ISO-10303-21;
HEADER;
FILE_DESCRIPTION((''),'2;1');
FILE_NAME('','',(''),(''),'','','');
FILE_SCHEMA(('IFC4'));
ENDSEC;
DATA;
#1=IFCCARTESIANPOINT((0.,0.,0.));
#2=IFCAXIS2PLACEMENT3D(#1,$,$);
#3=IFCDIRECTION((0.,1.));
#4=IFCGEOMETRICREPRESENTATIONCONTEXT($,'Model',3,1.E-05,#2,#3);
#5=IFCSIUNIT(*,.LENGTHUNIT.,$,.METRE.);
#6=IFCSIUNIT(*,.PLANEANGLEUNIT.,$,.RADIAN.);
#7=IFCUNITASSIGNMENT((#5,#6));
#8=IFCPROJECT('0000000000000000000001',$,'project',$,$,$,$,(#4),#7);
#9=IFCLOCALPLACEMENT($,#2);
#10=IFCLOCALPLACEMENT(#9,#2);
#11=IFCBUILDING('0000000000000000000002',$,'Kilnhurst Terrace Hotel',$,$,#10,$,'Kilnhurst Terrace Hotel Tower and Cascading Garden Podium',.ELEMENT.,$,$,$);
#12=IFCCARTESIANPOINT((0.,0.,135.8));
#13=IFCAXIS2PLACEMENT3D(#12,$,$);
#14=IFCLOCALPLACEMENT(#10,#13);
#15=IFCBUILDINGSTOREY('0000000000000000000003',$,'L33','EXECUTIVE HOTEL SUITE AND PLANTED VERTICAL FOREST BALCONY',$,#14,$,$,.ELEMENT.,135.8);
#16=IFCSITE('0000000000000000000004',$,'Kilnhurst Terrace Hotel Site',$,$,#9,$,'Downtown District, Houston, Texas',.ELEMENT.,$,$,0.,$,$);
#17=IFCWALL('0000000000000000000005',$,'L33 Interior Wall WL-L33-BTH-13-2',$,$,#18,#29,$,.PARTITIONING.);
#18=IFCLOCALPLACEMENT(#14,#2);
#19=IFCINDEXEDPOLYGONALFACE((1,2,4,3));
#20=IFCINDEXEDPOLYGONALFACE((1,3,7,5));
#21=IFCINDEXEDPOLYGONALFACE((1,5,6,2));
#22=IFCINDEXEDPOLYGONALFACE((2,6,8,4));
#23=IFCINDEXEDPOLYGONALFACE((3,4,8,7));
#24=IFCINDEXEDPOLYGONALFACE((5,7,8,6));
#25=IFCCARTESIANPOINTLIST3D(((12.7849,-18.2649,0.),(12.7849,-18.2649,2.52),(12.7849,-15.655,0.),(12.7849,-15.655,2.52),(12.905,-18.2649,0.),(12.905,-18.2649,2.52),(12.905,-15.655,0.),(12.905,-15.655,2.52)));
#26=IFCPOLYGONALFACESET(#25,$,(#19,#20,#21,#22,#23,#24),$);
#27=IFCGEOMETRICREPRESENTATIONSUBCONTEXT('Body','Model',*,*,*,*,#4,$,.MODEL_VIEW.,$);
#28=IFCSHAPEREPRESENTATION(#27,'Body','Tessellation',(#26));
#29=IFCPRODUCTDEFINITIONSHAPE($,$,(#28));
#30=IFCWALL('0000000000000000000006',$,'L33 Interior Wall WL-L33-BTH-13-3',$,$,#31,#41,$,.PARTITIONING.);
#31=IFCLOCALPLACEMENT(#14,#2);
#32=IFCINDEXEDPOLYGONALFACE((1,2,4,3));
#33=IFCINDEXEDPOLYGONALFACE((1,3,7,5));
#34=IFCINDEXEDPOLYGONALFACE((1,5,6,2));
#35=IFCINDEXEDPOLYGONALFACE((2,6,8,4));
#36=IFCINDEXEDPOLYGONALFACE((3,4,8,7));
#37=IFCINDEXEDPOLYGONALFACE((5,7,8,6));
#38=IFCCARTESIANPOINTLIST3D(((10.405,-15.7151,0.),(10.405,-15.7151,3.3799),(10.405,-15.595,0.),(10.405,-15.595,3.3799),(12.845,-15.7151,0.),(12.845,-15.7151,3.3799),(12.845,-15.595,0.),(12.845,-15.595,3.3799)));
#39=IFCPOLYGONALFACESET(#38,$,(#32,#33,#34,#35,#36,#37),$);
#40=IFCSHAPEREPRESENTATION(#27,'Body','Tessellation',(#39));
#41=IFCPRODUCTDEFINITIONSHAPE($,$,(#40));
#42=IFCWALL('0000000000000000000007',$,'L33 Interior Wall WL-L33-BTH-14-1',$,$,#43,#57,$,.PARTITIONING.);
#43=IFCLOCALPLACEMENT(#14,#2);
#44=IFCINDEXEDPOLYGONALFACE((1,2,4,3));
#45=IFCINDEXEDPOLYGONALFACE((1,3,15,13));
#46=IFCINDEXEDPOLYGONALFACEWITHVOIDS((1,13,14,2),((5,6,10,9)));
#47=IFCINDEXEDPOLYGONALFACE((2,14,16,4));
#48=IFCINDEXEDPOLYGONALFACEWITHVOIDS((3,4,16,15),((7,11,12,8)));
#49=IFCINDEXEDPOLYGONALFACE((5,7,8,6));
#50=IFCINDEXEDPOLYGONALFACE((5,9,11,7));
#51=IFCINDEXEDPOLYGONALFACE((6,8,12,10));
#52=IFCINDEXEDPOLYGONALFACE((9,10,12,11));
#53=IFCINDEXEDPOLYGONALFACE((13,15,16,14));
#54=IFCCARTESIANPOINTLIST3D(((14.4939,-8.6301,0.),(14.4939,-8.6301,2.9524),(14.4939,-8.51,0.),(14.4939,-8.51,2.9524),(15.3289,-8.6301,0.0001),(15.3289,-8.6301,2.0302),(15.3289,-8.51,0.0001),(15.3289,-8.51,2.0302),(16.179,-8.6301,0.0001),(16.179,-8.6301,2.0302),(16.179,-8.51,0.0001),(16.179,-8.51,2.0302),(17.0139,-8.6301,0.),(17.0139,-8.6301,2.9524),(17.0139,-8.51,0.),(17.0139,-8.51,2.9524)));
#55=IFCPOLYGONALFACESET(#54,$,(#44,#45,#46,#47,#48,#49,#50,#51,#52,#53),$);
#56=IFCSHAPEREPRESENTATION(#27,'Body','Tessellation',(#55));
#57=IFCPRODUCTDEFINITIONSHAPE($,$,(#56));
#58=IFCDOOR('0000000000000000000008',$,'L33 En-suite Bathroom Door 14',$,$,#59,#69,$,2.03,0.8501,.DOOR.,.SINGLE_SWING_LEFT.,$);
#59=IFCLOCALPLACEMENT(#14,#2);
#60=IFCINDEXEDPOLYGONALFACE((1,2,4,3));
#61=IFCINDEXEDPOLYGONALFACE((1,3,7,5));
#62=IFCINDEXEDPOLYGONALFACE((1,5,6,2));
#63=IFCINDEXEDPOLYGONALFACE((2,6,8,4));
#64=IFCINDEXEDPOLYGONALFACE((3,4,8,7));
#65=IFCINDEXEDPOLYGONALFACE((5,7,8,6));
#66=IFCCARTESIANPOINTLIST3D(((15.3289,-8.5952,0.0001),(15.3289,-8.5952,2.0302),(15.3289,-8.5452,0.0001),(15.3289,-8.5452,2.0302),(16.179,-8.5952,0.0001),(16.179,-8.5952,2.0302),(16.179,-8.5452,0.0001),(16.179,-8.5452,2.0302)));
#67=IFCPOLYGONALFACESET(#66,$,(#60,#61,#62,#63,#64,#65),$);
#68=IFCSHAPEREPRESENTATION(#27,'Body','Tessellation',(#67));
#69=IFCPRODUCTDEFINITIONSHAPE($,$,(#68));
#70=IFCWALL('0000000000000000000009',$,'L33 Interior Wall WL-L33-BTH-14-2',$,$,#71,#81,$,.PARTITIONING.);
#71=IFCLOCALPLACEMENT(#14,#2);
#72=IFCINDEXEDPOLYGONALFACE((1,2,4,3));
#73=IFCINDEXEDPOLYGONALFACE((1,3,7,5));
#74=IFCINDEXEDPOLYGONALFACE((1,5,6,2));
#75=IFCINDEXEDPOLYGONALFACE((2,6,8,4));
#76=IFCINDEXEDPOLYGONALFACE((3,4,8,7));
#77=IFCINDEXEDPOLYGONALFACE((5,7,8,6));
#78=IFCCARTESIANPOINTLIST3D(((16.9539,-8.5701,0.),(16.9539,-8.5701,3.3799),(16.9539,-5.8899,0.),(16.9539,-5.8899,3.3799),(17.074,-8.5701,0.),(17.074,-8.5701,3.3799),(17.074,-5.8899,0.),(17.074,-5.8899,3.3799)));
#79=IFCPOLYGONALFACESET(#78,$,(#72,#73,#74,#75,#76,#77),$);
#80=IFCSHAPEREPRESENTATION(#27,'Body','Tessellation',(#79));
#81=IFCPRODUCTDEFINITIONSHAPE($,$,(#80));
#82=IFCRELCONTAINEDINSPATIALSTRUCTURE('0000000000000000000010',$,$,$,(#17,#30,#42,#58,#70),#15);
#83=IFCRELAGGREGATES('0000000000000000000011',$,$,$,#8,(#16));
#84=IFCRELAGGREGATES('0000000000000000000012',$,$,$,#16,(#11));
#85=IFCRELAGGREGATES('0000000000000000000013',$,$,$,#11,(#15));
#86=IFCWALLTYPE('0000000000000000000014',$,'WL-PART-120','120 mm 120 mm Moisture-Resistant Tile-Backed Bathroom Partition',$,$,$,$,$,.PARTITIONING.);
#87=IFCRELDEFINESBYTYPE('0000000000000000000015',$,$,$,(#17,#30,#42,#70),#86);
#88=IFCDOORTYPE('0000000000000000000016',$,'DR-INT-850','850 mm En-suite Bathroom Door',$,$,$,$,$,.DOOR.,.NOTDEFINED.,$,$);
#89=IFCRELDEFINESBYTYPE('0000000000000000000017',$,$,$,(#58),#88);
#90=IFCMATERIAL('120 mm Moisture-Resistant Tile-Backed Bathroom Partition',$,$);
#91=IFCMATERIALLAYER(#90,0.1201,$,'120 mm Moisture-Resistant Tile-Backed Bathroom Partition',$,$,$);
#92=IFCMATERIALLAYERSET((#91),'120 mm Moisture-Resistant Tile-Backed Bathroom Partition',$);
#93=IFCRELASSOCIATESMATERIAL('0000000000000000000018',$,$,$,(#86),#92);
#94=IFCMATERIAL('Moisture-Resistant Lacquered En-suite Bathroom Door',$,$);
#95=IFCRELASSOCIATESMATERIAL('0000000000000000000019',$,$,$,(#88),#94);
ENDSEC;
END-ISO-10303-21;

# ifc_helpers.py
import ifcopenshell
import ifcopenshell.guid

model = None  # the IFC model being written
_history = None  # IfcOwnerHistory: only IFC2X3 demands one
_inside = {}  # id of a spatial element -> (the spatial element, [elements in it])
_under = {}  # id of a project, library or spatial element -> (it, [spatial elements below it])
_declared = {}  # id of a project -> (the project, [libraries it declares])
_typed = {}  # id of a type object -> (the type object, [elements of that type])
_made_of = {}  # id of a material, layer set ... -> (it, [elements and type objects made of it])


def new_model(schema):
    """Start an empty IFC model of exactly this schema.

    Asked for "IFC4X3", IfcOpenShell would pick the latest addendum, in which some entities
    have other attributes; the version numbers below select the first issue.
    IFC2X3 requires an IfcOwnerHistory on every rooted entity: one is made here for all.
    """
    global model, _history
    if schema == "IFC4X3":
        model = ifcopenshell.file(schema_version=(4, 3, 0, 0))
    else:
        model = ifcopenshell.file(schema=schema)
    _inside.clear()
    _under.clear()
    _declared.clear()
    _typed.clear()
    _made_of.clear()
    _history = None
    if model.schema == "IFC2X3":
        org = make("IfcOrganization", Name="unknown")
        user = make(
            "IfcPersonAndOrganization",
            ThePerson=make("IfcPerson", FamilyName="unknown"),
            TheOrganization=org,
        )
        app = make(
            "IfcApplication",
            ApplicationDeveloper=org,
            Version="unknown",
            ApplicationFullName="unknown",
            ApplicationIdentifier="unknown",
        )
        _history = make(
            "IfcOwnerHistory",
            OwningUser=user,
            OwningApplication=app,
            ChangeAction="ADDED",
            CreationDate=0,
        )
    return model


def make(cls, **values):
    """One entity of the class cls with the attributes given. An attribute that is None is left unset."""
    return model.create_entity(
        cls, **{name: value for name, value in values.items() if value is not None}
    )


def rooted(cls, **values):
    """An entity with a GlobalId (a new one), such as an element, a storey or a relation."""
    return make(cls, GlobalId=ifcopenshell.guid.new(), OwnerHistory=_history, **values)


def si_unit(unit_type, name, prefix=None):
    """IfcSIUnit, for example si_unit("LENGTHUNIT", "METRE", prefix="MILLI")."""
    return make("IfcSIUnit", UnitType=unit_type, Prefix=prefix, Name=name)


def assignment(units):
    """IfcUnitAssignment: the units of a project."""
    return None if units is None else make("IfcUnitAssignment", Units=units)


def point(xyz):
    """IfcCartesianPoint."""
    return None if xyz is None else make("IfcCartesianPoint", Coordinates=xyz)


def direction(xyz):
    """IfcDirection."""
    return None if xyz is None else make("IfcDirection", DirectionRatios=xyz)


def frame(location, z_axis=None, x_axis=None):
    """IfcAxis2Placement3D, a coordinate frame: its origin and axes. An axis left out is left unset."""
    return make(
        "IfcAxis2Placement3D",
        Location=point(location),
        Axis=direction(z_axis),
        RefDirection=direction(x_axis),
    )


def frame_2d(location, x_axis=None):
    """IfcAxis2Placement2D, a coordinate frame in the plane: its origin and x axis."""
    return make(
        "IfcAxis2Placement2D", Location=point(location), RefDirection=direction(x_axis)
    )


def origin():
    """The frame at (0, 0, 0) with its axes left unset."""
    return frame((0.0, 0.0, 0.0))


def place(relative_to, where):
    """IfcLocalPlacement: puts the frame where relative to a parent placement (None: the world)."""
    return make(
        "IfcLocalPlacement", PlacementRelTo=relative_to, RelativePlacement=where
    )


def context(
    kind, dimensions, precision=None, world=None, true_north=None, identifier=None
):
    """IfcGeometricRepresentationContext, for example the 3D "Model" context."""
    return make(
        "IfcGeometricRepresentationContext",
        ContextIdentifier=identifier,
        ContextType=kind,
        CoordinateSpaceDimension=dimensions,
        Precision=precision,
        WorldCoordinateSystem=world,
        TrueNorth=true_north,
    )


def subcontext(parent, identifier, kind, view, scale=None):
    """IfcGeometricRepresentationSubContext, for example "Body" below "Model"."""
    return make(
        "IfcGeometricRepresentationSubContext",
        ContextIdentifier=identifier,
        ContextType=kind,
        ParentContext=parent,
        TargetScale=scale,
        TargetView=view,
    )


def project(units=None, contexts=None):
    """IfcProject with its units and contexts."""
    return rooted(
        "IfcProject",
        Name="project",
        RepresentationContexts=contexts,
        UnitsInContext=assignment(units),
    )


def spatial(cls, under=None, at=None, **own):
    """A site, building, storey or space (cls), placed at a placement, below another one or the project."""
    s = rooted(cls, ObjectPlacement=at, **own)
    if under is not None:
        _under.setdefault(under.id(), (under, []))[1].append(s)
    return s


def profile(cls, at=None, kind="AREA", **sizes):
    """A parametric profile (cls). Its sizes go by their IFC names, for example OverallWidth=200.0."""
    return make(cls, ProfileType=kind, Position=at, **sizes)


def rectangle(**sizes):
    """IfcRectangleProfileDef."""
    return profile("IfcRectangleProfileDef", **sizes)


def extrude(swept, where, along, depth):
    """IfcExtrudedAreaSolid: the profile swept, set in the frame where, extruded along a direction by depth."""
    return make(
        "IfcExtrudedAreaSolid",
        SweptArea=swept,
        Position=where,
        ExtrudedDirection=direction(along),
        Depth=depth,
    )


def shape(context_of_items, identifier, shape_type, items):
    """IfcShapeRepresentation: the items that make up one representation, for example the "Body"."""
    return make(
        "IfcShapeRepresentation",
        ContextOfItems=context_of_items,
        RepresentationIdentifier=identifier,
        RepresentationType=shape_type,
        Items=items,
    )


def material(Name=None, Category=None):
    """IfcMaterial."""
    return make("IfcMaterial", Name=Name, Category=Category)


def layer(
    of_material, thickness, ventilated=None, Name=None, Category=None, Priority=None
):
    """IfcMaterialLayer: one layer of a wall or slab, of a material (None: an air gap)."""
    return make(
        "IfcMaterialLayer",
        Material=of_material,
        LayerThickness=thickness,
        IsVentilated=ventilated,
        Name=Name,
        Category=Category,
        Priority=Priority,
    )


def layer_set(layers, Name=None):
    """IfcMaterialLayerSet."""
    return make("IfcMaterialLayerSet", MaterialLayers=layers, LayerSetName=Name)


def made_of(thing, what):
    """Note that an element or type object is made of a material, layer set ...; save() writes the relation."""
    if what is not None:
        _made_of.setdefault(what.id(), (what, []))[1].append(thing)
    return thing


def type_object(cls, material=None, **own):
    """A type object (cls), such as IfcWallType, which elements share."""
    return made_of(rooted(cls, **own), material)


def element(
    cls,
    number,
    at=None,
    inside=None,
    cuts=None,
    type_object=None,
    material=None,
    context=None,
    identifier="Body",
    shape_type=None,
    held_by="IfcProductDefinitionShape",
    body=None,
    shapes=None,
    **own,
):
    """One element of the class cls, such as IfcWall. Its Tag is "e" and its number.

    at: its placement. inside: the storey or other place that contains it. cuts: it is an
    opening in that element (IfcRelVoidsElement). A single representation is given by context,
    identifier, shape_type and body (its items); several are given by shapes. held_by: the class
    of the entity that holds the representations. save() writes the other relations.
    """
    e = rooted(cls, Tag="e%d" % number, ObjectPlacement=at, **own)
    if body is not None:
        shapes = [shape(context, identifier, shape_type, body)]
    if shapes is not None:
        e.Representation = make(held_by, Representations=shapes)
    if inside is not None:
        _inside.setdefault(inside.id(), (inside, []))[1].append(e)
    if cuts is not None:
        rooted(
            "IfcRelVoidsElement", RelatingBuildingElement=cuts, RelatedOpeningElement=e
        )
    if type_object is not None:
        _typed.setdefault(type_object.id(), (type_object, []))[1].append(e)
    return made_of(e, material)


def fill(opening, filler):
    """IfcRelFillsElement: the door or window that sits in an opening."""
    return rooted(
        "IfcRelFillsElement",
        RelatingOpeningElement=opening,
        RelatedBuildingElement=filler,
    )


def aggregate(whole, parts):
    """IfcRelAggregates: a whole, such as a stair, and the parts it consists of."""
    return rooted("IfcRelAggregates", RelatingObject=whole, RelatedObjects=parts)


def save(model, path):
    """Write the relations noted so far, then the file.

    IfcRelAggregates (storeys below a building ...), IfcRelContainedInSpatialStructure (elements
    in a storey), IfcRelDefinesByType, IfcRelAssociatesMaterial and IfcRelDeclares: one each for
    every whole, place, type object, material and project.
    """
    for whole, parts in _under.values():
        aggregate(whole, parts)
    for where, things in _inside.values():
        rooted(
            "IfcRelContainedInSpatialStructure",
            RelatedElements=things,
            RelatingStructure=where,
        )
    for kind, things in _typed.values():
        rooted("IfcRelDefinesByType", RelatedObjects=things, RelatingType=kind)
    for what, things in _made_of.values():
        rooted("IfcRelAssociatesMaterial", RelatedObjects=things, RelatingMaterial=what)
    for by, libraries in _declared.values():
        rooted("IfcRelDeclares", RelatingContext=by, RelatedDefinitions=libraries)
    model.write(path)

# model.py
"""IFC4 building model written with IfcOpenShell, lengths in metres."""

from ifc_helpers import new_model, si_unit, direction, frame, frame_2d, origin, place, context, subcontext, project, spatial, rectangle, extrude, material, layer, layer_set, type_object, element, fill, save


model = new_model("IFC4")

# Units and contexts
model_context = context("Model", 3, precision=1e-05, world=origin(), true_north=direction((0.0, 1.0)))
body_context = subcontext(model_context, "Body", "Model", "MODEL_VIEW")
ifc_project = project(units=[si_unit("LENGTHUNIT", "METRE"), si_unit("PLANEANGLEUNIT", "RADIAN")], contexts=[model_context])

# Site, building, storey
site_placement = place(None, origin())
site = spatial("IfcSite", under=ifc_project, at=site_placement, Name="Kilnhurst Terrace Hotel Site", LongName="Downtown District, Houston, Texas", CompositionType="ELEMENT", RefElevation=0.0)
building_placement = place(site_placement, origin())
building = spatial("IfcBuilding", under=site, at=building_placement, Name="Kilnhurst Terrace Hotel", LongName="Kilnhurst Terrace Hotel Tower and Cascading Garden Podium", CompositionType="ELEMENT")
storey_placement = place(building_placement, frame((0.0, 0.0, 135.8)))
storey = spatial("IfcBuildingStorey", under=building, at=storey_placement, Name="L33", Description="EXECUTIVE HOTEL SUITE AND PLANTED VERTICAL FOREST BALCONY", CompositionType="ELEMENT", Elevation=135.8)

# Walls
ifc_material_1 = material(Name="120 mm Moisture-Resistant Tile-Backed Bathroom Partition")
ifc_layer_1 = layer(ifc_material_1, 0.1201, Name="120 mm Moisture-Resistant Tile-Backed Bathroom Partition")
ifc_layer_set_1 = layer_set([ifc_layer_1], Name="120 mm Moisture-Resistant Tile-Backed Bathroom Partition")
wall_type_1 = type_object("IfcWallType", Name="WL-PART-120", Description="120 mm 120 mm Moisture-Resistant Tile-Backed Bathroom Partition", PredefinedType="PARTITIONING", material=ifc_layer_set_1)
wall_1_placement = place(storey_placement, frame((12.845, -18.2649, 0.0), z_axis=(0.0, 0.0, 1.0), x_axis=(0.0, 1.0, 0.0)))
element("IfcWall", 1, at=wall_1_placement, inside=storey, type_object=wall_type_1, Name="L33 Interior Wall WL-L33-BTH-13-2", PredefinedType="PARTITIONING", context=body_context, shape_type="SweptSolid", body=[
    extrude(rectangle(XDim=2.6099, YDim=0.1201, at=frame_2d((1.3049, 0.0))), origin(), (0.0, 0.0, 1.0), 2.52),
])
wall_2_placement = place(storey_placement, frame((12.845, -15.655, 0.0), z_axis=(0.0, 0.0, 1.0), x_axis=(-1.0, 0.0, 0.0)))
element("IfcWall", 2, at=wall_2_placement, inside=storey, type_object=wall_type_1, Name="L33 Interior Wall WL-L33-BTH-13-3", PredefinedType="PARTITIONING", context=body_context, shape_type="SweptSolid", body=[
    extrude(rectangle(XDim=2.4399, YDim=0.1201, at=frame_2d((1.22, 0.0))), origin(), (0.0, 0.0, 1.0), 3.3799),
])

# Wall, opening, door
wall_3_placement = place(storey_placement, frame((14.4939, -8.5701, 0.0), z_axis=(0.0, 0.0, 1.0), x_axis=(1.0, 0.0, 0.0)))
wall_3 = element("IfcWall", 3, at=wall_3_placement, inside=storey, type_object=wall_type_1, Name="L33 Interior Wall WL-L33-BTH-14-1", PredefinedType="PARTITIONING", context=body_context, shape_type="SweptSolid", body=[
    extrude(rectangle(XDim=2.52, YDim=0.1201, at=frame_2d((1.26, 0.0))), origin(), (0.0, 0.0, 1.0), 2.9524),
])
opening_1_placement = place(wall_3_placement, frame((0.835, 0.0, 0.0)))
opening_1 = element("IfcOpeningElement", 4, at=opening_1_placement, cuts=wall_3, PredefinedType="OPENING", context=body_context, shape_type="SweptSolid", body=[
    extrude(rectangle(XDim=0.8501, YDim=2.03, at=frame_2d((0.425, 1.0151))), frame((0.0, 0.0701, 0.0), z_axis=(0.0, -1.0, 0.0), x_axis=(1.0, 0.0, 0.0)), (0.0, 0.0, 1.0), 0.1401),
])
ifc_material_2 = material(Name="Moisture-Resistant Lacquered En-suite Bathroom Door")
door_type_1 = type_object("IfcDoorType", Name="DR-INT-850", Description="850 mm En-suite Bathroom Door", OperationType="NOTDEFINED", PredefinedType="DOOR", material=ifc_material_2)
door_1_placement = place(opening_1_placement, origin())
door_1 = element("IfcDoor", 5, at=door_1_placement, inside=storey, type_object=door_type_1, Name="L33 En-suite Bathroom Door 14", OperationType="SINGLE_SWING_LEFT", OverallHeight=2.03, OverallWidth=0.8501, PredefinedType="DOOR", context=body_context, shape_type="SweptSolid", body=[
    extrude(rectangle(XDim=0.8501, YDim=2.03, at=frame_2d((0.425, 1.0151))), frame((0.0, 0.0249, 0.0), z_axis=(0.0, -1.0, 0.0), x_axis=(1.0, 0.0, 0.0)), (0.0, 0.0, 1.0), 0.05),
])
fill(opening_1, door_1)

# Wall
wall_4_placement = place(storey_placement, frame((17.0139, -8.5701, 0.0), z_axis=(0.0, 0.0, 1.0), x_axis=(0.0, 1.0, 0.0)))
element("IfcWall", 6, at=wall_4_placement, inside=storey, type_object=wall_type_1, Name="L33 Interior Wall WL-L33-BTH-14-2", PredefinedType="PARTITIONING", context=body_context, shape_type="SweptSolid", body=[
    extrude(rectangle(XDim=2.6802, YDim=0.1201, at=frame_2d((1.3401, 0.0))), origin(), (0.0, 0.0, 1.0), 3.3799),
])

save(model, "model.ifc")
